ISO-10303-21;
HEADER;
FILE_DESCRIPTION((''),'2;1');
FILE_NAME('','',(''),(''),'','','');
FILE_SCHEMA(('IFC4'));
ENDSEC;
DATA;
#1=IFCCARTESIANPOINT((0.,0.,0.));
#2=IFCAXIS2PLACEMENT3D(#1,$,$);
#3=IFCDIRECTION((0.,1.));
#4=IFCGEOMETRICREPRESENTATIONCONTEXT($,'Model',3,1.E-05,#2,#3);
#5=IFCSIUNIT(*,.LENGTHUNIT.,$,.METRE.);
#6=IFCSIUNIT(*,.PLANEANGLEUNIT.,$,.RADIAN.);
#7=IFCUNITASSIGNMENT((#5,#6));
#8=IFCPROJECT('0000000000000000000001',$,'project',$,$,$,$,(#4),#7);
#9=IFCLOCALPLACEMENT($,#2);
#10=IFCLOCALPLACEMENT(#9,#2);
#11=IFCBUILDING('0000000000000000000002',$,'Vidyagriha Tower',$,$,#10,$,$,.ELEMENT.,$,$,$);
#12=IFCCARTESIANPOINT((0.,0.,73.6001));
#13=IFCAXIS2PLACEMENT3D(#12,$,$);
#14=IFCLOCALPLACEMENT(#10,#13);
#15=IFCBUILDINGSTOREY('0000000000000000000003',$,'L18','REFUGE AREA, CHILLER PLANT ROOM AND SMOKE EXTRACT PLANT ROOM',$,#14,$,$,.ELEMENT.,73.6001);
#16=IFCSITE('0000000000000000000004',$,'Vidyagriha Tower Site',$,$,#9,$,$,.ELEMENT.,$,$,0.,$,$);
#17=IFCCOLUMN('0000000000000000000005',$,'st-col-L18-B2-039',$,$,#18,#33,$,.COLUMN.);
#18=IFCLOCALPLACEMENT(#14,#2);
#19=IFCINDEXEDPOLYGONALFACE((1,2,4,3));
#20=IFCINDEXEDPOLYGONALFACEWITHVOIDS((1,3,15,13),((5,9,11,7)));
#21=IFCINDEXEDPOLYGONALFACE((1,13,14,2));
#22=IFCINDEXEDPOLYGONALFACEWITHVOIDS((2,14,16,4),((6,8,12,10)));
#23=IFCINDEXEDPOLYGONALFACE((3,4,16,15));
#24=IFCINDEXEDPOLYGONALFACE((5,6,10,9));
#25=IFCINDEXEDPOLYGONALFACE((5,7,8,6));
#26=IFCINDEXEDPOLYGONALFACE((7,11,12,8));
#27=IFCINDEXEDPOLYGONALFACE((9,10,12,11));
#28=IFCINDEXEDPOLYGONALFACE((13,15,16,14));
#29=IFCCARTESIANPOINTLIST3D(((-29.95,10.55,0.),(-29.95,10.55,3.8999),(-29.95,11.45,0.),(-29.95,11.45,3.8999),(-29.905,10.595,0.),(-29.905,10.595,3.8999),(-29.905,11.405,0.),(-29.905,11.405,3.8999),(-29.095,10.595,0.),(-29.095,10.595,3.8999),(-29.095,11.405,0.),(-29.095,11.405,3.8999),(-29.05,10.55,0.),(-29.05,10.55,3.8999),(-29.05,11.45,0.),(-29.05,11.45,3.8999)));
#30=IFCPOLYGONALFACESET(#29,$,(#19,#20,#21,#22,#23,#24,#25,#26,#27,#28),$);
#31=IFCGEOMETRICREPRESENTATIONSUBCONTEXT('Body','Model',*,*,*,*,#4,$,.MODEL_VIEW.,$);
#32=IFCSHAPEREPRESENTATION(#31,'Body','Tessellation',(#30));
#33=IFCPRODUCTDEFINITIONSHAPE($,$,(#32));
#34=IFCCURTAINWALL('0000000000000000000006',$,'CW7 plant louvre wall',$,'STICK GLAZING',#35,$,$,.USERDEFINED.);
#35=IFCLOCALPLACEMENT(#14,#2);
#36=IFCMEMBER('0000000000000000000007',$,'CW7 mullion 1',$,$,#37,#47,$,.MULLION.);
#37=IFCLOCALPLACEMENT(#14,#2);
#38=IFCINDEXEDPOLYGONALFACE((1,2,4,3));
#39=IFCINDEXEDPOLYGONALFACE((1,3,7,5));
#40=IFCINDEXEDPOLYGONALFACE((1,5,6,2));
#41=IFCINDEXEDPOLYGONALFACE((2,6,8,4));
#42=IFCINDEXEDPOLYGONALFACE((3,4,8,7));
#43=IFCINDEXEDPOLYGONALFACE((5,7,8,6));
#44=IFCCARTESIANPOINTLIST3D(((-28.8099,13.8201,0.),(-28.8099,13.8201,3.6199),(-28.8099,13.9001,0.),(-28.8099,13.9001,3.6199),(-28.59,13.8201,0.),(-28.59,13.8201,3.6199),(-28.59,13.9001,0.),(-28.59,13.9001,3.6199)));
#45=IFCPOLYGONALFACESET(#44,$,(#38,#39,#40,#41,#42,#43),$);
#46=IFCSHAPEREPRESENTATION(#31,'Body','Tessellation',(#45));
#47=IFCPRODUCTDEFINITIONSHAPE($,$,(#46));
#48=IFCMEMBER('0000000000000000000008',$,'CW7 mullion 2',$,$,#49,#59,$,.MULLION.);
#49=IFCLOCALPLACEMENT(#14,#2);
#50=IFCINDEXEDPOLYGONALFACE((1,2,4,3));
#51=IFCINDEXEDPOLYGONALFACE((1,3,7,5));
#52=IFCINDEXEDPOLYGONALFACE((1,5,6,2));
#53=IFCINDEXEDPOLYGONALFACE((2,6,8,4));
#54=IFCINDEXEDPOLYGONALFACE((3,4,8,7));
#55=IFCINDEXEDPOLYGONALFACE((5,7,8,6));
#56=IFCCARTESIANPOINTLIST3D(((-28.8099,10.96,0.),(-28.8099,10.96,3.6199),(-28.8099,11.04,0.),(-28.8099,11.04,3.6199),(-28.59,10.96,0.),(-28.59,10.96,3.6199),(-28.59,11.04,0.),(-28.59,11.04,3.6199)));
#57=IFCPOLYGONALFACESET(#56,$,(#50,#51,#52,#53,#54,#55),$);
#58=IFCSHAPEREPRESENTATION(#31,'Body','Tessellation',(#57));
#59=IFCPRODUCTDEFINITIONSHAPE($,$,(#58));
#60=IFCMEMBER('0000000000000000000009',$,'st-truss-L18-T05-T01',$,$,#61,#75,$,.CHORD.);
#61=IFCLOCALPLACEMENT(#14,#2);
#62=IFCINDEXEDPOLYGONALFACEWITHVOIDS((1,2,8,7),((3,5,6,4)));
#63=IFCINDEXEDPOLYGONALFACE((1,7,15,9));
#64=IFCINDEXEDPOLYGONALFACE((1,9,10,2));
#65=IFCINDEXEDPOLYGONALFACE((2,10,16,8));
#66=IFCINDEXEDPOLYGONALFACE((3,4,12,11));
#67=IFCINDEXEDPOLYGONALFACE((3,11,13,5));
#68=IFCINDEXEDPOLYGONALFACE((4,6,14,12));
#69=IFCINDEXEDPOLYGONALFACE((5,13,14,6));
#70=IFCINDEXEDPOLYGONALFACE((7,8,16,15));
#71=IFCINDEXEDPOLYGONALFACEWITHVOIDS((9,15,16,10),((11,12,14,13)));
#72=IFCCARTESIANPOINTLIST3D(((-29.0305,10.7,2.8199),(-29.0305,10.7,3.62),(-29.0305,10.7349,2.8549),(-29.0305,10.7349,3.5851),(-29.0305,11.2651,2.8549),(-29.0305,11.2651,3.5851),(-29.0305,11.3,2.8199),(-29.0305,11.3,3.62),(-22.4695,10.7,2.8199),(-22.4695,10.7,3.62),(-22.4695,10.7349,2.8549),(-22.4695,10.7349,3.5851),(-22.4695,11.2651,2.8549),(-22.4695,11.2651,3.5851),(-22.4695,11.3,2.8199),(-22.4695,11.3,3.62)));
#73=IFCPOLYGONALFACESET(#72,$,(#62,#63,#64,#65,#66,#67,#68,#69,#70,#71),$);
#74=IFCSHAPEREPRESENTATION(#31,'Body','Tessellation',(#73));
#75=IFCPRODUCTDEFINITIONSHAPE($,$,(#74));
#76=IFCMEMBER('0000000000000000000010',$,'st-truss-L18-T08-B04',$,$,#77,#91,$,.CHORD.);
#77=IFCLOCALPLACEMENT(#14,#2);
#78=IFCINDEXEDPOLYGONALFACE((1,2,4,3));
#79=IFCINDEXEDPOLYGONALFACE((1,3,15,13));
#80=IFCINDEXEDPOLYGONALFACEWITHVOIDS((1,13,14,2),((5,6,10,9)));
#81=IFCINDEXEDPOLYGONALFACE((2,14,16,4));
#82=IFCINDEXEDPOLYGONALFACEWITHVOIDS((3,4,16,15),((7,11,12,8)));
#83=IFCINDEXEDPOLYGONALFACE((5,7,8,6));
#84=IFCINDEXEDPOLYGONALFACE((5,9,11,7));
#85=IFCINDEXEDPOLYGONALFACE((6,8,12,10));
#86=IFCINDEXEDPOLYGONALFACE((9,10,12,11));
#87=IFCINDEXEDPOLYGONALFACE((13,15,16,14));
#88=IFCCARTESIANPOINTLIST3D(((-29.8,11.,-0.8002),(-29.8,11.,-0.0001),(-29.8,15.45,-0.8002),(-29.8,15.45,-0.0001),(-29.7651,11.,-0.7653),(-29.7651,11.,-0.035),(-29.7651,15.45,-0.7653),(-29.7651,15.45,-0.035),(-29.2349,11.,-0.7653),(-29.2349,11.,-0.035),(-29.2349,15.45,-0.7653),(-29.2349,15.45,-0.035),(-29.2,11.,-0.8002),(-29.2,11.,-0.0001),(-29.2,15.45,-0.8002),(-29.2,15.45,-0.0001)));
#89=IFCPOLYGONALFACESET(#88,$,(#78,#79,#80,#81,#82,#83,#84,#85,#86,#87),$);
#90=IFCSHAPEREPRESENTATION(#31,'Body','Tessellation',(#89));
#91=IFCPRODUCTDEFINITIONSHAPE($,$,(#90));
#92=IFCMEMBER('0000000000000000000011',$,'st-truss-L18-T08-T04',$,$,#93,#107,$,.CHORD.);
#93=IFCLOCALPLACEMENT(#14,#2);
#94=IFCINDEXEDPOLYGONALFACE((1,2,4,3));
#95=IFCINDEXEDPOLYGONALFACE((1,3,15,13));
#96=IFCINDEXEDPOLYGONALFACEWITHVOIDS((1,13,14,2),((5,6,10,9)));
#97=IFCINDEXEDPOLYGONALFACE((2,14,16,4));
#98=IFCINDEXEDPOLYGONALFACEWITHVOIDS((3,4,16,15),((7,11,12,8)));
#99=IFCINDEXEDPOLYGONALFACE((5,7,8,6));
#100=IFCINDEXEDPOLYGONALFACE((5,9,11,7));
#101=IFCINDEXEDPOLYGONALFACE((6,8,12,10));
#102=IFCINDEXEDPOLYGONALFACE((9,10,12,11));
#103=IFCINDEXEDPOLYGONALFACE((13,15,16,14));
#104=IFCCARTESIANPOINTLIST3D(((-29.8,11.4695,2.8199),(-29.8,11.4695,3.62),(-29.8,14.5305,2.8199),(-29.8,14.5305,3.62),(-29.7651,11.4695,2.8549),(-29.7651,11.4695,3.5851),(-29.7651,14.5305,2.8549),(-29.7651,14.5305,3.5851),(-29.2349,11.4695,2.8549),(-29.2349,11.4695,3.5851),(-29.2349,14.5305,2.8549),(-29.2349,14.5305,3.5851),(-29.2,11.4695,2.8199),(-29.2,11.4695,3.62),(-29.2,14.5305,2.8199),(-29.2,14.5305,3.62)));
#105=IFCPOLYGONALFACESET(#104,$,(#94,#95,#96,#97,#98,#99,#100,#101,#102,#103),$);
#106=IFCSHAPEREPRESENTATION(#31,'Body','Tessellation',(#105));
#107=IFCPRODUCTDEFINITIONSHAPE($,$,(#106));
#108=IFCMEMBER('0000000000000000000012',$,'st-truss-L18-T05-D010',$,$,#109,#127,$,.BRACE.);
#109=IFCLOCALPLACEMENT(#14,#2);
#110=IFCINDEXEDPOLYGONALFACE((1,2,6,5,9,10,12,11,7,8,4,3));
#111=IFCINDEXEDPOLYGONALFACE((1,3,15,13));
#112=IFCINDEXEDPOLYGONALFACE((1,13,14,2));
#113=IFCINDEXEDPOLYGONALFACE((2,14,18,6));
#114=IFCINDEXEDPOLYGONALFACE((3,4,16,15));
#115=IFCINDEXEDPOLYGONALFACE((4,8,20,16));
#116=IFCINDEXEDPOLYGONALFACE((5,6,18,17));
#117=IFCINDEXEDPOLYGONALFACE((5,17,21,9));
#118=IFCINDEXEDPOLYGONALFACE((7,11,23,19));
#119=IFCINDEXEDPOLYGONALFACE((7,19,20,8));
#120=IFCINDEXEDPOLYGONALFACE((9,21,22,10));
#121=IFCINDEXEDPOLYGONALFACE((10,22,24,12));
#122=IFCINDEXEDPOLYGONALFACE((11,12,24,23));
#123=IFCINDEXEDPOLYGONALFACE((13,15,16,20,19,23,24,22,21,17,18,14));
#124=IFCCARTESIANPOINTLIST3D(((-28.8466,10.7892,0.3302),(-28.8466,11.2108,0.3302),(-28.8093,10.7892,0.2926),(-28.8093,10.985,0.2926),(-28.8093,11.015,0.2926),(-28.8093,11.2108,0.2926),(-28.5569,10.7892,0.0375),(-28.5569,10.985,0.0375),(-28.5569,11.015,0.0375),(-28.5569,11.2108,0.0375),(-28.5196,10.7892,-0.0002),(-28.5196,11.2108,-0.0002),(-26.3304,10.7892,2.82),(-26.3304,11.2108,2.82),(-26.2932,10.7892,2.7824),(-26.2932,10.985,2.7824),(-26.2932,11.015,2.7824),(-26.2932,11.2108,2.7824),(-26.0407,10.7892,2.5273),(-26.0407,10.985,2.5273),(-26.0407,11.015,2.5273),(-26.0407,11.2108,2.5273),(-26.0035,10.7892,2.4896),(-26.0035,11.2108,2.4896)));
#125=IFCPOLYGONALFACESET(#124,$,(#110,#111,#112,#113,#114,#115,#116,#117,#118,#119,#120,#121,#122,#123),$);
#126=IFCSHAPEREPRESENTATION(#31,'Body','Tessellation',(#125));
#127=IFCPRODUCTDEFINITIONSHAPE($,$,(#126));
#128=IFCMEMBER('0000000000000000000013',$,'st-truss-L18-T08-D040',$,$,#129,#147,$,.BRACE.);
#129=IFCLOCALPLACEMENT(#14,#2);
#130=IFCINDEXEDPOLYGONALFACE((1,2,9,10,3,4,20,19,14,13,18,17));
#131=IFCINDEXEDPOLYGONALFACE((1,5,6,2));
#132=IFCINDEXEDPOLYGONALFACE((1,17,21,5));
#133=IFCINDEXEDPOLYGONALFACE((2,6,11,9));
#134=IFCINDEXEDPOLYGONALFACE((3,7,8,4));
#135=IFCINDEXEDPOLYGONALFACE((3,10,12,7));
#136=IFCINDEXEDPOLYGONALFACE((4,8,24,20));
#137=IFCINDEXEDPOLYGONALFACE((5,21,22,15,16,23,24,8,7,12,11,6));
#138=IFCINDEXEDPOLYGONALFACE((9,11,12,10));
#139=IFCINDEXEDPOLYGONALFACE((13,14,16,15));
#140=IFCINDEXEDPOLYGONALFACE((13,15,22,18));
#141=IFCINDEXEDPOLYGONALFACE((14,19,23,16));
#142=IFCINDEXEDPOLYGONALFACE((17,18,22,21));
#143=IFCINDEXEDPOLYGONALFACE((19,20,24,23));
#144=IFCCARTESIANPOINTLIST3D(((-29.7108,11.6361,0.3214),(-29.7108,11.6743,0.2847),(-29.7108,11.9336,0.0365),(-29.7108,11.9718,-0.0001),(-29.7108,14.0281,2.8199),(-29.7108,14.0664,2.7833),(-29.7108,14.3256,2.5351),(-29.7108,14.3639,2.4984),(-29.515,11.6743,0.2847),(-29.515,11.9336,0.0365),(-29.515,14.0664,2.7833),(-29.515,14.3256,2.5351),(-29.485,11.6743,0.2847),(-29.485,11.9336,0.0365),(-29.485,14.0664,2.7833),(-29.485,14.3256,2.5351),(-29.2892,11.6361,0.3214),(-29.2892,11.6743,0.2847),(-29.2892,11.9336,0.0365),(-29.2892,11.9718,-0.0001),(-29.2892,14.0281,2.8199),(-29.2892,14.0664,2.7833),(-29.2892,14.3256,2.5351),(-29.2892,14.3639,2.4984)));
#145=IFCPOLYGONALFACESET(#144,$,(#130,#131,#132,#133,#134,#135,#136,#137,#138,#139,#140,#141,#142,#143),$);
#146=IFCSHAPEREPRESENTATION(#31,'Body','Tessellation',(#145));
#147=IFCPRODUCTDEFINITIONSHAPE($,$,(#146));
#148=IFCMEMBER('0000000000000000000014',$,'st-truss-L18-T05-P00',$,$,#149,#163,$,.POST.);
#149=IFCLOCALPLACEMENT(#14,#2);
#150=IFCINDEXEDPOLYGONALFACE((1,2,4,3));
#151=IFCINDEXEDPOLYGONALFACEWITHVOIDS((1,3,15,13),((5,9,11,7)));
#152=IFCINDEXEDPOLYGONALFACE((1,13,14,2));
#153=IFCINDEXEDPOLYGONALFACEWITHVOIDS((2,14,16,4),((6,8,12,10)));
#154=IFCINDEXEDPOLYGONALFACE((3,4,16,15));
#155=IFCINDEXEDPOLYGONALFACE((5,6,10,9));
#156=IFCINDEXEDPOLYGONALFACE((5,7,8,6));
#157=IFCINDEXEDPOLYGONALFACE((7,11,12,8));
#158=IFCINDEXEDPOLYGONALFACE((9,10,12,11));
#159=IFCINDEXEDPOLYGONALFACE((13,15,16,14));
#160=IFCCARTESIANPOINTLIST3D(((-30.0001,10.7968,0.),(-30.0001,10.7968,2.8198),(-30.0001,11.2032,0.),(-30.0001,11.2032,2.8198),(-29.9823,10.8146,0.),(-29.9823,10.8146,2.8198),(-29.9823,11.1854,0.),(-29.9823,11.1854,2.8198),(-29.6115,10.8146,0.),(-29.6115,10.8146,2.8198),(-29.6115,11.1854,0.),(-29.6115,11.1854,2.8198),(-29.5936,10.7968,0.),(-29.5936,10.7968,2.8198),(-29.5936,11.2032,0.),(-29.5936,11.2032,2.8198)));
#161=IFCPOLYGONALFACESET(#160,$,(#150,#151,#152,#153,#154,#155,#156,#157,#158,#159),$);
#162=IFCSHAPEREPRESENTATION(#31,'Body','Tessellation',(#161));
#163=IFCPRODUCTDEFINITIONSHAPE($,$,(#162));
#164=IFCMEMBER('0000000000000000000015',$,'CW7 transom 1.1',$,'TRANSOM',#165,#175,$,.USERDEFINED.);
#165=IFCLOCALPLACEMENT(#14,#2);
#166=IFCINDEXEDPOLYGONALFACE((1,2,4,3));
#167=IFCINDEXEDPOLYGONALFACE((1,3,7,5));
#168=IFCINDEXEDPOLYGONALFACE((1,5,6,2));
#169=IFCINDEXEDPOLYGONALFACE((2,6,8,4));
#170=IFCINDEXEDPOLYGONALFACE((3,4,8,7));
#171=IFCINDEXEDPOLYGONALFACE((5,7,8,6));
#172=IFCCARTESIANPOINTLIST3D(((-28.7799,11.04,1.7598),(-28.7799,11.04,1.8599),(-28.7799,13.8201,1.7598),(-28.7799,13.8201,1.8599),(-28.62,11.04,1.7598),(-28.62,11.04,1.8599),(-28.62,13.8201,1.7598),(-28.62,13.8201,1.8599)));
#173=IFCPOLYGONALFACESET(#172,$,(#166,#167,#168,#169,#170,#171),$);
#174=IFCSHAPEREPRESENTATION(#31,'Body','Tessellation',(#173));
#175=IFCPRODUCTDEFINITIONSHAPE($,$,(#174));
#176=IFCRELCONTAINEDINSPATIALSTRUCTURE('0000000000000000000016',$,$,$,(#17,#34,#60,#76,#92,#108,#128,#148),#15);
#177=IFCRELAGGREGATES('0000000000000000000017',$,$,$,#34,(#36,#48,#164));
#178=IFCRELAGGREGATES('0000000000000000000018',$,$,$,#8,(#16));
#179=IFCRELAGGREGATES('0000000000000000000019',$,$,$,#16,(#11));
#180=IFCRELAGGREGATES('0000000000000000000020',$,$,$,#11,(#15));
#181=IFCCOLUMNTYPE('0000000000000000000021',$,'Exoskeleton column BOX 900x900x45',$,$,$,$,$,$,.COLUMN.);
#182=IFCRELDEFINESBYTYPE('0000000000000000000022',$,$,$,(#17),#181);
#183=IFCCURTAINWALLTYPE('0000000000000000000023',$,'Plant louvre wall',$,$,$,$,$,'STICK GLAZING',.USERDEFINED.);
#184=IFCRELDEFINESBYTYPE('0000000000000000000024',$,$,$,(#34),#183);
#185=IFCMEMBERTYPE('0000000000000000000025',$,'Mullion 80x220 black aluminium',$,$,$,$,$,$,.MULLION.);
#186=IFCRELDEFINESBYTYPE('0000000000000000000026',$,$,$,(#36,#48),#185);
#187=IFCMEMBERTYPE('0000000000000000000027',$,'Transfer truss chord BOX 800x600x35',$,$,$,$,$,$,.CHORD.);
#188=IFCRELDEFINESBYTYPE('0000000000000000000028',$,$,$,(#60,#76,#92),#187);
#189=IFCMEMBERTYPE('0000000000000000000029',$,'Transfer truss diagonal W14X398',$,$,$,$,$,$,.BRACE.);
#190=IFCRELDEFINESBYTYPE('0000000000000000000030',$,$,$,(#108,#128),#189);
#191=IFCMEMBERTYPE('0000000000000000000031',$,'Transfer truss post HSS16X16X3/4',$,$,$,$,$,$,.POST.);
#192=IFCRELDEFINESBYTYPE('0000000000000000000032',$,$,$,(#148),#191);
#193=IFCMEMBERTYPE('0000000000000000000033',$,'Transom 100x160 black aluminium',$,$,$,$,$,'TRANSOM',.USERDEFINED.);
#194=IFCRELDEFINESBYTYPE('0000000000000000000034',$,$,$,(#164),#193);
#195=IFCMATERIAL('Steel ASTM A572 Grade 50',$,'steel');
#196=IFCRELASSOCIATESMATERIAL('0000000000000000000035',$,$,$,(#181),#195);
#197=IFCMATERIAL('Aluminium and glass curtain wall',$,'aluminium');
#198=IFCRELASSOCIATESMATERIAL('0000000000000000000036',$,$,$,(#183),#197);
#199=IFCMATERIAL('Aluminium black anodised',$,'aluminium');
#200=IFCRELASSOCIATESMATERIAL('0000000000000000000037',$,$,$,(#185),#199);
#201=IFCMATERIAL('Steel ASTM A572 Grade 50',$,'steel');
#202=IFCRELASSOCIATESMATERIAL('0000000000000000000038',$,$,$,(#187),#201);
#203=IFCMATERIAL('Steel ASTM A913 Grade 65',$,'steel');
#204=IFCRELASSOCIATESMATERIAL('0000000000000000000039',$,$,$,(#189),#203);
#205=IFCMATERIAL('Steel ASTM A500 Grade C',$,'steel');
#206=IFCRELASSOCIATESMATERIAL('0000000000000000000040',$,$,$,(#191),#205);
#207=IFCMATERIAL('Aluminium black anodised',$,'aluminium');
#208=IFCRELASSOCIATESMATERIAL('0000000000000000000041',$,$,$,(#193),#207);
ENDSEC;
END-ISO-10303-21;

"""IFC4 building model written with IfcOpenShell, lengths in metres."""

from ifc_helpers import new_model, si_unit, direction, frame, origin, origin_2d, place, context, subcontext, project, spatial, rectangle, hollow_rectangle, i_section, extrude, material, material_profile, profile_set, type_object, element, aggregate, save


model = new_model("IFC4")

# Units and contexts
model_context = context("Model", 3, precision=1e-05, world=origin(), true_north=direction((0.0, 1.0)))
body_context = subcontext(model_context, "Body", "Model", "MODEL_VIEW")
ifc_project = project(units=[si_unit("LENGTHUNIT", "METRE"), si_unit("PLANEANGLEUNIT", "RADIAN")], contexts=[model_context])

# Site, building, storey
site_placement = place(None, origin())
site = spatial("IfcSite", under=ifc_project, at=site_placement, Name="Vidyagriha Tower Site", CompositionType="ELEMENT", RefElevation=0.0)
building_placement = place(site_placement, origin())
building = spatial("IfcBuilding", under=site, at=building_placement, Name="Vidyagriha Tower", CompositionType="ELEMENT")
storey_placement = place(building_placement, frame((0.0, 0.0, 73.6001)))
storey = spatial("IfcBuildingStorey", under=building, at=storey_placement, Name="L18", Description="REFUGE AREA, CHILLER PLANT ROOM AND SMOKE EXTRACT PLANT ROOM", CompositionType="ELEMENT", Elevation=73.6001)

# Column
ifc_material_1 = material(Name="Steel ASTM A572 Grade 50", Category="steel")
ifc_material_profile_1 = material_profile(ifc_material_1, hollow_rectangle(XDim=0.8999, YDim=0.8999, WallThickness=0.0449, at=origin_2d()), Name="BOX 900x900x45")
ifc_profile_set_1 = profile_set([ifc_material_profile_1], Name="Steel ASTM A572 Grade 50")
column_type = type_object("IfcColumnType", Name="Exoskeleton column BOX 900x900x45", PredefinedType="COLUMN", material=ifc_profile_set_1)
column_placement = place(storey_placement, frame((-29.5, 11.0, 0.0)))
element("IfcColumn", 1, at=column_placement, inside=storey, type_object=column_type, Name="st-col-L18-B2-039", PredefinedType="COLUMN", context=body_context, shape_type="SweptSolid", body=[
    extrude(hollow_rectangle(XDim=0.8999, YDim=0.8999, WallThickness=0.0449, at=origin_2d()), origin(), (0.0, 0.0, 1.0), 3.8999),
])

# Curtain wall, members
ifc_material_2 = material(Name="Aluminium and glass curtain wall", Category="aluminium")
curtain_wall_type = type_object("IfcCurtainWallType", Name="Plant louvre wall", ElementType="STICK GLAZING", PredefinedType="USERDEFINED", material=ifc_material_2)
curtain_wall_placement = place(storey_placement, origin())
curtain_wall = element("IfcCurtainWall", 2, at=curtain_wall_placement, inside=storey, type_object=curtain_wall_type, Name="CW7 plant louvre wall", ObjectType="STICK GLAZING", PredefinedType="USERDEFINED")
ifc_material_3 = material(Name="Aluminium black anodised", Category="aluminium")
ifc_material_profile_2 = material_profile(ifc_material_3, rectangle(XDim=0.22, YDim=0.0801, at=origin_2d()), Name="Mullion 80x220 black aluminium")
ifc_profile_set_2 = profile_set([ifc_material_profile_2], Name="Aluminium black anodised")
member_type_1 = type_object("IfcMemberType", Name="Mullion 80x220 black aluminium", PredefinedType="MULLION", material=ifc_profile_set_2)
member_1_placement = place(storey_placement, frame((-28.7, 13.8601, 0.0)))
member_1 = element("IfcMember", 3, at=member_1_placement, type_object=member_type_1, Name="CW7 mullion 1", PredefinedType="MULLION", context=body_context, shape_type="SweptSolid", body=[
    extrude(rectangle(XDim=0.22, YDim=0.0801, at=origin_2d()), origin(), (0.0, 0.0, 1.0), 3.6199),
])
member_2_placement = place(storey_placement, frame((-28.7, 11.0, 0.0)))
member_2 = element("IfcMember", 4, at=member_2_placement, type_object=member_type_1, Name="CW7 mullion 2", PredefinedType="MULLION", context=body_context, shape_type="SweptSolid", body=[
    extrude(rectangle(XDim=0.22, YDim=0.0801, at=origin_2d()), origin(), (0.0, 0.0, 1.0), 3.6199),
])

# Members
ifc_material_4 = material(Name="Steel ASTM A572 Grade 50", Category="steel")
ifc_material_profile_3 = material_profile(ifc_material_4, hollow_rectangle(XDim=0.6001, YDim=0.8, WallThickness=0.0349, at=origin_2d()), Name="BOX 800x600x35")
ifc_profile_set_3 = profile_set([ifc_material_profile_3], Name="Steel ASTM A572 Grade 50")
member_type_2 = type_object("IfcMemberType", Name="Transfer truss chord BOX 800x600x35", PredefinedType="CHORD", material=ifc_profile_set_3)
member_3_placement = place(storey_placement, frame((-29.0305, 11.0, 3.22), z_axis=(1.0, 0.0, 0.0), x_axis=(0.0, 1.0, 0.0)))
element("IfcMember", 5, at=member_3_placement, inside=storey, type_object=member_type_2, Name="st-truss-L18-T05-T01", PredefinedType="CHORD", context=body_context, shape_type="SweptSolid", body=[
    extrude(hollow_rectangle(XDim=0.6001, YDim=0.8, WallThickness=0.0349, at=origin_2d()), origin(), (0.0, 0.0, 1.0), 6.561),
])
member_4_placement = place(storey_placement, frame((-29.5, 11.0, -0.4001), z_axis=(0.0, 1.0, 0.0), x_axis=(-1.0, 0.0, 0.0)))
element("IfcMember", 6, at=member_4_placement, inside=storey, type_object=member_type_2, Name="st-truss-L18-T08-B04", PredefinedType="CHORD", context=body_context, shape_type="SweptSolid", body=[
    extrude(hollow_rectangle(XDim=0.6001, YDim=0.8, WallThickness=0.0349, at=origin_2d()), origin(), (0.0, 0.0, 1.0), 4.45),
])
member_5_placement = place(storey_placement, frame((-29.5, 11.4695, 3.22), z_axis=(0.0, 1.0, 0.0), x_axis=(-1.0, 0.0, 0.0)))
element("IfcMember", 7, at=member_5_placement, inside=storey, type_object=member_type_2, Name="st-truss-L18-T08-T04", PredefinedType="CHORD", context=body_context, shape_type="SweptSolid", body=[
    extrude(hollow_rectangle(XDim=0.6001, YDim=0.8, WallThickness=0.0349, at=origin_2d()), origin(), (0.0, 0.0, 1.0), 3.061),
])
ifc_material_5 = material(Name="Steel ASTM A913 Grade 65", Category="steel")
ifc_material_profile_4 = material_profile(ifc_material_5, i_section(OverallWidth=0.4216, OverallDepth=0.4648, WebThickness=0.03, FlangeThickness=0.053, at=origin_2d()), Name="W14X398")
ifc_profile_set_4 = profile_set([ifc_material_profile_4], Name="Steel ASTM A913 Grade 65")
member_type_3 = type_object("IfcMemberType", Name="Transfer truss diagonal W14X398", PredefinedType="BRACE", material=ifc_profile_set_4)
member_6_placement = place(storey_placement, frame((-28.6831, 11.0, 0.165), z_axis=(0.710821, 0.0, 0.703373), x_axis=(0.0, 1.0, 0.0)))
element("IfcMember", 8, at=member_6_placement, inside=storey, type_object=member_type_3, Name="st-truss-L18-T05-D010", PredefinedType="BRACE", context=body_context, shape_type="SweptSolid", body=[
    extrude(i_section(OverallWidth=0.4216, OverallDepth=0.4648, WebThickness=0.03, FlangeThickness=0.053, at=origin_2d()), origin(), (0.0, 0.0, 1.0), 3.5398),
])
member_7_placement = place(storey_placement, frame((-29.5, 11.804, 0.1606), z_axis=(0.0, 0.691553, 0.722326), x_axis=(-1.0, 0.0, 0.0)))
element("IfcMember", 9, at=member_7_placement, inside=storey, type_object=member_type_3, Name="st-truss-L18-T08-D040", PredefinedType="BRACE", context=body_context, shape_type="SweptSolid", body=[
    extrude(i_section(OverallWidth=0.4216, OverallDepth=0.4648, WebThickness=0.03, FlangeThickness=0.053, at=origin_2d()), origin(), (0.0, 0.0, 1.0), 3.459),
])
ifc_material_6 = material(Name="Steel ASTM A500 Grade C", Category="steel")
ifc_material_profile_5 = material_profile(ifc_material_6, hollow_rectangle(XDim=0.4065, YDim=0.4065, WallThickness=0.0178, at=origin_2d()), Name="HSS16X16X3/4")
ifc_profile_set_5 = profile_set([ifc_material_profile_5], Name="Steel ASTM A500 Grade C")
member_type_4 = type_object("IfcMemberType", Name="Transfer truss post HSS16X16X3/4", PredefinedType="POST", material=ifc_profile_set_5)
member_8_placement = place(storey_placement, frame((-29.7969, 11.0, 0.0)))
element("IfcMember", 10, at=member_8_placement, inside=storey, type_object=member_type_4, Name="st-truss-L18-T05-P00", PredefinedType="POST", context=body_context, shape_type="SweptSolid", body=[
    extrude(hollow_rectangle(XDim=0.4065, YDim=0.4065, WallThickness=0.0178, at=origin_2d()), origin(), (0.0, 0.0, 1.0), 2.8198),
])

# Member
ifc_material_7 = material(Name="Aluminium black anodised", Category="aluminium")
ifc_material_profile_6 = material_profile(ifc_material_7, rectangle(XDim=0.1599, YDim=0.1001, at=origin_2d()), Name="Transom 100x160 black aluminium")
ifc_profile_set_6 = profile_set([ifc_material_profile_6], Name="Aluminium black anodised")
member_type_5 = type_object("IfcMemberType", Name="Transom 100x160 black aluminium", ElementType="TRANSOM", PredefinedType="USERDEFINED", material=ifc_profile_set_6)
member_9_placement = place(storey_placement, frame((-28.7, 13.8201, 1.8098), z_axis=(0.0, -1.0, 0.0), x_axis=(1.0, 0.0, 0.0)))
member_9 = element("IfcMember", 11, at=member_9_placement, type_object=member_type_5, Name="CW7 transom 1.1", ObjectType="TRANSOM", PredefinedType="USERDEFINED", context=body_context, shape_type="SweptSolid", body=[
    extrude(rectangle(XDim=0.1599, YDim=0.1001, at=origin_2d()), origin(), (0.0, 0.0, 1.0), 2.78),
])

aggregate(curtain_wall, [member_1, member_2, member_9])

save(model, "model.ifc")
